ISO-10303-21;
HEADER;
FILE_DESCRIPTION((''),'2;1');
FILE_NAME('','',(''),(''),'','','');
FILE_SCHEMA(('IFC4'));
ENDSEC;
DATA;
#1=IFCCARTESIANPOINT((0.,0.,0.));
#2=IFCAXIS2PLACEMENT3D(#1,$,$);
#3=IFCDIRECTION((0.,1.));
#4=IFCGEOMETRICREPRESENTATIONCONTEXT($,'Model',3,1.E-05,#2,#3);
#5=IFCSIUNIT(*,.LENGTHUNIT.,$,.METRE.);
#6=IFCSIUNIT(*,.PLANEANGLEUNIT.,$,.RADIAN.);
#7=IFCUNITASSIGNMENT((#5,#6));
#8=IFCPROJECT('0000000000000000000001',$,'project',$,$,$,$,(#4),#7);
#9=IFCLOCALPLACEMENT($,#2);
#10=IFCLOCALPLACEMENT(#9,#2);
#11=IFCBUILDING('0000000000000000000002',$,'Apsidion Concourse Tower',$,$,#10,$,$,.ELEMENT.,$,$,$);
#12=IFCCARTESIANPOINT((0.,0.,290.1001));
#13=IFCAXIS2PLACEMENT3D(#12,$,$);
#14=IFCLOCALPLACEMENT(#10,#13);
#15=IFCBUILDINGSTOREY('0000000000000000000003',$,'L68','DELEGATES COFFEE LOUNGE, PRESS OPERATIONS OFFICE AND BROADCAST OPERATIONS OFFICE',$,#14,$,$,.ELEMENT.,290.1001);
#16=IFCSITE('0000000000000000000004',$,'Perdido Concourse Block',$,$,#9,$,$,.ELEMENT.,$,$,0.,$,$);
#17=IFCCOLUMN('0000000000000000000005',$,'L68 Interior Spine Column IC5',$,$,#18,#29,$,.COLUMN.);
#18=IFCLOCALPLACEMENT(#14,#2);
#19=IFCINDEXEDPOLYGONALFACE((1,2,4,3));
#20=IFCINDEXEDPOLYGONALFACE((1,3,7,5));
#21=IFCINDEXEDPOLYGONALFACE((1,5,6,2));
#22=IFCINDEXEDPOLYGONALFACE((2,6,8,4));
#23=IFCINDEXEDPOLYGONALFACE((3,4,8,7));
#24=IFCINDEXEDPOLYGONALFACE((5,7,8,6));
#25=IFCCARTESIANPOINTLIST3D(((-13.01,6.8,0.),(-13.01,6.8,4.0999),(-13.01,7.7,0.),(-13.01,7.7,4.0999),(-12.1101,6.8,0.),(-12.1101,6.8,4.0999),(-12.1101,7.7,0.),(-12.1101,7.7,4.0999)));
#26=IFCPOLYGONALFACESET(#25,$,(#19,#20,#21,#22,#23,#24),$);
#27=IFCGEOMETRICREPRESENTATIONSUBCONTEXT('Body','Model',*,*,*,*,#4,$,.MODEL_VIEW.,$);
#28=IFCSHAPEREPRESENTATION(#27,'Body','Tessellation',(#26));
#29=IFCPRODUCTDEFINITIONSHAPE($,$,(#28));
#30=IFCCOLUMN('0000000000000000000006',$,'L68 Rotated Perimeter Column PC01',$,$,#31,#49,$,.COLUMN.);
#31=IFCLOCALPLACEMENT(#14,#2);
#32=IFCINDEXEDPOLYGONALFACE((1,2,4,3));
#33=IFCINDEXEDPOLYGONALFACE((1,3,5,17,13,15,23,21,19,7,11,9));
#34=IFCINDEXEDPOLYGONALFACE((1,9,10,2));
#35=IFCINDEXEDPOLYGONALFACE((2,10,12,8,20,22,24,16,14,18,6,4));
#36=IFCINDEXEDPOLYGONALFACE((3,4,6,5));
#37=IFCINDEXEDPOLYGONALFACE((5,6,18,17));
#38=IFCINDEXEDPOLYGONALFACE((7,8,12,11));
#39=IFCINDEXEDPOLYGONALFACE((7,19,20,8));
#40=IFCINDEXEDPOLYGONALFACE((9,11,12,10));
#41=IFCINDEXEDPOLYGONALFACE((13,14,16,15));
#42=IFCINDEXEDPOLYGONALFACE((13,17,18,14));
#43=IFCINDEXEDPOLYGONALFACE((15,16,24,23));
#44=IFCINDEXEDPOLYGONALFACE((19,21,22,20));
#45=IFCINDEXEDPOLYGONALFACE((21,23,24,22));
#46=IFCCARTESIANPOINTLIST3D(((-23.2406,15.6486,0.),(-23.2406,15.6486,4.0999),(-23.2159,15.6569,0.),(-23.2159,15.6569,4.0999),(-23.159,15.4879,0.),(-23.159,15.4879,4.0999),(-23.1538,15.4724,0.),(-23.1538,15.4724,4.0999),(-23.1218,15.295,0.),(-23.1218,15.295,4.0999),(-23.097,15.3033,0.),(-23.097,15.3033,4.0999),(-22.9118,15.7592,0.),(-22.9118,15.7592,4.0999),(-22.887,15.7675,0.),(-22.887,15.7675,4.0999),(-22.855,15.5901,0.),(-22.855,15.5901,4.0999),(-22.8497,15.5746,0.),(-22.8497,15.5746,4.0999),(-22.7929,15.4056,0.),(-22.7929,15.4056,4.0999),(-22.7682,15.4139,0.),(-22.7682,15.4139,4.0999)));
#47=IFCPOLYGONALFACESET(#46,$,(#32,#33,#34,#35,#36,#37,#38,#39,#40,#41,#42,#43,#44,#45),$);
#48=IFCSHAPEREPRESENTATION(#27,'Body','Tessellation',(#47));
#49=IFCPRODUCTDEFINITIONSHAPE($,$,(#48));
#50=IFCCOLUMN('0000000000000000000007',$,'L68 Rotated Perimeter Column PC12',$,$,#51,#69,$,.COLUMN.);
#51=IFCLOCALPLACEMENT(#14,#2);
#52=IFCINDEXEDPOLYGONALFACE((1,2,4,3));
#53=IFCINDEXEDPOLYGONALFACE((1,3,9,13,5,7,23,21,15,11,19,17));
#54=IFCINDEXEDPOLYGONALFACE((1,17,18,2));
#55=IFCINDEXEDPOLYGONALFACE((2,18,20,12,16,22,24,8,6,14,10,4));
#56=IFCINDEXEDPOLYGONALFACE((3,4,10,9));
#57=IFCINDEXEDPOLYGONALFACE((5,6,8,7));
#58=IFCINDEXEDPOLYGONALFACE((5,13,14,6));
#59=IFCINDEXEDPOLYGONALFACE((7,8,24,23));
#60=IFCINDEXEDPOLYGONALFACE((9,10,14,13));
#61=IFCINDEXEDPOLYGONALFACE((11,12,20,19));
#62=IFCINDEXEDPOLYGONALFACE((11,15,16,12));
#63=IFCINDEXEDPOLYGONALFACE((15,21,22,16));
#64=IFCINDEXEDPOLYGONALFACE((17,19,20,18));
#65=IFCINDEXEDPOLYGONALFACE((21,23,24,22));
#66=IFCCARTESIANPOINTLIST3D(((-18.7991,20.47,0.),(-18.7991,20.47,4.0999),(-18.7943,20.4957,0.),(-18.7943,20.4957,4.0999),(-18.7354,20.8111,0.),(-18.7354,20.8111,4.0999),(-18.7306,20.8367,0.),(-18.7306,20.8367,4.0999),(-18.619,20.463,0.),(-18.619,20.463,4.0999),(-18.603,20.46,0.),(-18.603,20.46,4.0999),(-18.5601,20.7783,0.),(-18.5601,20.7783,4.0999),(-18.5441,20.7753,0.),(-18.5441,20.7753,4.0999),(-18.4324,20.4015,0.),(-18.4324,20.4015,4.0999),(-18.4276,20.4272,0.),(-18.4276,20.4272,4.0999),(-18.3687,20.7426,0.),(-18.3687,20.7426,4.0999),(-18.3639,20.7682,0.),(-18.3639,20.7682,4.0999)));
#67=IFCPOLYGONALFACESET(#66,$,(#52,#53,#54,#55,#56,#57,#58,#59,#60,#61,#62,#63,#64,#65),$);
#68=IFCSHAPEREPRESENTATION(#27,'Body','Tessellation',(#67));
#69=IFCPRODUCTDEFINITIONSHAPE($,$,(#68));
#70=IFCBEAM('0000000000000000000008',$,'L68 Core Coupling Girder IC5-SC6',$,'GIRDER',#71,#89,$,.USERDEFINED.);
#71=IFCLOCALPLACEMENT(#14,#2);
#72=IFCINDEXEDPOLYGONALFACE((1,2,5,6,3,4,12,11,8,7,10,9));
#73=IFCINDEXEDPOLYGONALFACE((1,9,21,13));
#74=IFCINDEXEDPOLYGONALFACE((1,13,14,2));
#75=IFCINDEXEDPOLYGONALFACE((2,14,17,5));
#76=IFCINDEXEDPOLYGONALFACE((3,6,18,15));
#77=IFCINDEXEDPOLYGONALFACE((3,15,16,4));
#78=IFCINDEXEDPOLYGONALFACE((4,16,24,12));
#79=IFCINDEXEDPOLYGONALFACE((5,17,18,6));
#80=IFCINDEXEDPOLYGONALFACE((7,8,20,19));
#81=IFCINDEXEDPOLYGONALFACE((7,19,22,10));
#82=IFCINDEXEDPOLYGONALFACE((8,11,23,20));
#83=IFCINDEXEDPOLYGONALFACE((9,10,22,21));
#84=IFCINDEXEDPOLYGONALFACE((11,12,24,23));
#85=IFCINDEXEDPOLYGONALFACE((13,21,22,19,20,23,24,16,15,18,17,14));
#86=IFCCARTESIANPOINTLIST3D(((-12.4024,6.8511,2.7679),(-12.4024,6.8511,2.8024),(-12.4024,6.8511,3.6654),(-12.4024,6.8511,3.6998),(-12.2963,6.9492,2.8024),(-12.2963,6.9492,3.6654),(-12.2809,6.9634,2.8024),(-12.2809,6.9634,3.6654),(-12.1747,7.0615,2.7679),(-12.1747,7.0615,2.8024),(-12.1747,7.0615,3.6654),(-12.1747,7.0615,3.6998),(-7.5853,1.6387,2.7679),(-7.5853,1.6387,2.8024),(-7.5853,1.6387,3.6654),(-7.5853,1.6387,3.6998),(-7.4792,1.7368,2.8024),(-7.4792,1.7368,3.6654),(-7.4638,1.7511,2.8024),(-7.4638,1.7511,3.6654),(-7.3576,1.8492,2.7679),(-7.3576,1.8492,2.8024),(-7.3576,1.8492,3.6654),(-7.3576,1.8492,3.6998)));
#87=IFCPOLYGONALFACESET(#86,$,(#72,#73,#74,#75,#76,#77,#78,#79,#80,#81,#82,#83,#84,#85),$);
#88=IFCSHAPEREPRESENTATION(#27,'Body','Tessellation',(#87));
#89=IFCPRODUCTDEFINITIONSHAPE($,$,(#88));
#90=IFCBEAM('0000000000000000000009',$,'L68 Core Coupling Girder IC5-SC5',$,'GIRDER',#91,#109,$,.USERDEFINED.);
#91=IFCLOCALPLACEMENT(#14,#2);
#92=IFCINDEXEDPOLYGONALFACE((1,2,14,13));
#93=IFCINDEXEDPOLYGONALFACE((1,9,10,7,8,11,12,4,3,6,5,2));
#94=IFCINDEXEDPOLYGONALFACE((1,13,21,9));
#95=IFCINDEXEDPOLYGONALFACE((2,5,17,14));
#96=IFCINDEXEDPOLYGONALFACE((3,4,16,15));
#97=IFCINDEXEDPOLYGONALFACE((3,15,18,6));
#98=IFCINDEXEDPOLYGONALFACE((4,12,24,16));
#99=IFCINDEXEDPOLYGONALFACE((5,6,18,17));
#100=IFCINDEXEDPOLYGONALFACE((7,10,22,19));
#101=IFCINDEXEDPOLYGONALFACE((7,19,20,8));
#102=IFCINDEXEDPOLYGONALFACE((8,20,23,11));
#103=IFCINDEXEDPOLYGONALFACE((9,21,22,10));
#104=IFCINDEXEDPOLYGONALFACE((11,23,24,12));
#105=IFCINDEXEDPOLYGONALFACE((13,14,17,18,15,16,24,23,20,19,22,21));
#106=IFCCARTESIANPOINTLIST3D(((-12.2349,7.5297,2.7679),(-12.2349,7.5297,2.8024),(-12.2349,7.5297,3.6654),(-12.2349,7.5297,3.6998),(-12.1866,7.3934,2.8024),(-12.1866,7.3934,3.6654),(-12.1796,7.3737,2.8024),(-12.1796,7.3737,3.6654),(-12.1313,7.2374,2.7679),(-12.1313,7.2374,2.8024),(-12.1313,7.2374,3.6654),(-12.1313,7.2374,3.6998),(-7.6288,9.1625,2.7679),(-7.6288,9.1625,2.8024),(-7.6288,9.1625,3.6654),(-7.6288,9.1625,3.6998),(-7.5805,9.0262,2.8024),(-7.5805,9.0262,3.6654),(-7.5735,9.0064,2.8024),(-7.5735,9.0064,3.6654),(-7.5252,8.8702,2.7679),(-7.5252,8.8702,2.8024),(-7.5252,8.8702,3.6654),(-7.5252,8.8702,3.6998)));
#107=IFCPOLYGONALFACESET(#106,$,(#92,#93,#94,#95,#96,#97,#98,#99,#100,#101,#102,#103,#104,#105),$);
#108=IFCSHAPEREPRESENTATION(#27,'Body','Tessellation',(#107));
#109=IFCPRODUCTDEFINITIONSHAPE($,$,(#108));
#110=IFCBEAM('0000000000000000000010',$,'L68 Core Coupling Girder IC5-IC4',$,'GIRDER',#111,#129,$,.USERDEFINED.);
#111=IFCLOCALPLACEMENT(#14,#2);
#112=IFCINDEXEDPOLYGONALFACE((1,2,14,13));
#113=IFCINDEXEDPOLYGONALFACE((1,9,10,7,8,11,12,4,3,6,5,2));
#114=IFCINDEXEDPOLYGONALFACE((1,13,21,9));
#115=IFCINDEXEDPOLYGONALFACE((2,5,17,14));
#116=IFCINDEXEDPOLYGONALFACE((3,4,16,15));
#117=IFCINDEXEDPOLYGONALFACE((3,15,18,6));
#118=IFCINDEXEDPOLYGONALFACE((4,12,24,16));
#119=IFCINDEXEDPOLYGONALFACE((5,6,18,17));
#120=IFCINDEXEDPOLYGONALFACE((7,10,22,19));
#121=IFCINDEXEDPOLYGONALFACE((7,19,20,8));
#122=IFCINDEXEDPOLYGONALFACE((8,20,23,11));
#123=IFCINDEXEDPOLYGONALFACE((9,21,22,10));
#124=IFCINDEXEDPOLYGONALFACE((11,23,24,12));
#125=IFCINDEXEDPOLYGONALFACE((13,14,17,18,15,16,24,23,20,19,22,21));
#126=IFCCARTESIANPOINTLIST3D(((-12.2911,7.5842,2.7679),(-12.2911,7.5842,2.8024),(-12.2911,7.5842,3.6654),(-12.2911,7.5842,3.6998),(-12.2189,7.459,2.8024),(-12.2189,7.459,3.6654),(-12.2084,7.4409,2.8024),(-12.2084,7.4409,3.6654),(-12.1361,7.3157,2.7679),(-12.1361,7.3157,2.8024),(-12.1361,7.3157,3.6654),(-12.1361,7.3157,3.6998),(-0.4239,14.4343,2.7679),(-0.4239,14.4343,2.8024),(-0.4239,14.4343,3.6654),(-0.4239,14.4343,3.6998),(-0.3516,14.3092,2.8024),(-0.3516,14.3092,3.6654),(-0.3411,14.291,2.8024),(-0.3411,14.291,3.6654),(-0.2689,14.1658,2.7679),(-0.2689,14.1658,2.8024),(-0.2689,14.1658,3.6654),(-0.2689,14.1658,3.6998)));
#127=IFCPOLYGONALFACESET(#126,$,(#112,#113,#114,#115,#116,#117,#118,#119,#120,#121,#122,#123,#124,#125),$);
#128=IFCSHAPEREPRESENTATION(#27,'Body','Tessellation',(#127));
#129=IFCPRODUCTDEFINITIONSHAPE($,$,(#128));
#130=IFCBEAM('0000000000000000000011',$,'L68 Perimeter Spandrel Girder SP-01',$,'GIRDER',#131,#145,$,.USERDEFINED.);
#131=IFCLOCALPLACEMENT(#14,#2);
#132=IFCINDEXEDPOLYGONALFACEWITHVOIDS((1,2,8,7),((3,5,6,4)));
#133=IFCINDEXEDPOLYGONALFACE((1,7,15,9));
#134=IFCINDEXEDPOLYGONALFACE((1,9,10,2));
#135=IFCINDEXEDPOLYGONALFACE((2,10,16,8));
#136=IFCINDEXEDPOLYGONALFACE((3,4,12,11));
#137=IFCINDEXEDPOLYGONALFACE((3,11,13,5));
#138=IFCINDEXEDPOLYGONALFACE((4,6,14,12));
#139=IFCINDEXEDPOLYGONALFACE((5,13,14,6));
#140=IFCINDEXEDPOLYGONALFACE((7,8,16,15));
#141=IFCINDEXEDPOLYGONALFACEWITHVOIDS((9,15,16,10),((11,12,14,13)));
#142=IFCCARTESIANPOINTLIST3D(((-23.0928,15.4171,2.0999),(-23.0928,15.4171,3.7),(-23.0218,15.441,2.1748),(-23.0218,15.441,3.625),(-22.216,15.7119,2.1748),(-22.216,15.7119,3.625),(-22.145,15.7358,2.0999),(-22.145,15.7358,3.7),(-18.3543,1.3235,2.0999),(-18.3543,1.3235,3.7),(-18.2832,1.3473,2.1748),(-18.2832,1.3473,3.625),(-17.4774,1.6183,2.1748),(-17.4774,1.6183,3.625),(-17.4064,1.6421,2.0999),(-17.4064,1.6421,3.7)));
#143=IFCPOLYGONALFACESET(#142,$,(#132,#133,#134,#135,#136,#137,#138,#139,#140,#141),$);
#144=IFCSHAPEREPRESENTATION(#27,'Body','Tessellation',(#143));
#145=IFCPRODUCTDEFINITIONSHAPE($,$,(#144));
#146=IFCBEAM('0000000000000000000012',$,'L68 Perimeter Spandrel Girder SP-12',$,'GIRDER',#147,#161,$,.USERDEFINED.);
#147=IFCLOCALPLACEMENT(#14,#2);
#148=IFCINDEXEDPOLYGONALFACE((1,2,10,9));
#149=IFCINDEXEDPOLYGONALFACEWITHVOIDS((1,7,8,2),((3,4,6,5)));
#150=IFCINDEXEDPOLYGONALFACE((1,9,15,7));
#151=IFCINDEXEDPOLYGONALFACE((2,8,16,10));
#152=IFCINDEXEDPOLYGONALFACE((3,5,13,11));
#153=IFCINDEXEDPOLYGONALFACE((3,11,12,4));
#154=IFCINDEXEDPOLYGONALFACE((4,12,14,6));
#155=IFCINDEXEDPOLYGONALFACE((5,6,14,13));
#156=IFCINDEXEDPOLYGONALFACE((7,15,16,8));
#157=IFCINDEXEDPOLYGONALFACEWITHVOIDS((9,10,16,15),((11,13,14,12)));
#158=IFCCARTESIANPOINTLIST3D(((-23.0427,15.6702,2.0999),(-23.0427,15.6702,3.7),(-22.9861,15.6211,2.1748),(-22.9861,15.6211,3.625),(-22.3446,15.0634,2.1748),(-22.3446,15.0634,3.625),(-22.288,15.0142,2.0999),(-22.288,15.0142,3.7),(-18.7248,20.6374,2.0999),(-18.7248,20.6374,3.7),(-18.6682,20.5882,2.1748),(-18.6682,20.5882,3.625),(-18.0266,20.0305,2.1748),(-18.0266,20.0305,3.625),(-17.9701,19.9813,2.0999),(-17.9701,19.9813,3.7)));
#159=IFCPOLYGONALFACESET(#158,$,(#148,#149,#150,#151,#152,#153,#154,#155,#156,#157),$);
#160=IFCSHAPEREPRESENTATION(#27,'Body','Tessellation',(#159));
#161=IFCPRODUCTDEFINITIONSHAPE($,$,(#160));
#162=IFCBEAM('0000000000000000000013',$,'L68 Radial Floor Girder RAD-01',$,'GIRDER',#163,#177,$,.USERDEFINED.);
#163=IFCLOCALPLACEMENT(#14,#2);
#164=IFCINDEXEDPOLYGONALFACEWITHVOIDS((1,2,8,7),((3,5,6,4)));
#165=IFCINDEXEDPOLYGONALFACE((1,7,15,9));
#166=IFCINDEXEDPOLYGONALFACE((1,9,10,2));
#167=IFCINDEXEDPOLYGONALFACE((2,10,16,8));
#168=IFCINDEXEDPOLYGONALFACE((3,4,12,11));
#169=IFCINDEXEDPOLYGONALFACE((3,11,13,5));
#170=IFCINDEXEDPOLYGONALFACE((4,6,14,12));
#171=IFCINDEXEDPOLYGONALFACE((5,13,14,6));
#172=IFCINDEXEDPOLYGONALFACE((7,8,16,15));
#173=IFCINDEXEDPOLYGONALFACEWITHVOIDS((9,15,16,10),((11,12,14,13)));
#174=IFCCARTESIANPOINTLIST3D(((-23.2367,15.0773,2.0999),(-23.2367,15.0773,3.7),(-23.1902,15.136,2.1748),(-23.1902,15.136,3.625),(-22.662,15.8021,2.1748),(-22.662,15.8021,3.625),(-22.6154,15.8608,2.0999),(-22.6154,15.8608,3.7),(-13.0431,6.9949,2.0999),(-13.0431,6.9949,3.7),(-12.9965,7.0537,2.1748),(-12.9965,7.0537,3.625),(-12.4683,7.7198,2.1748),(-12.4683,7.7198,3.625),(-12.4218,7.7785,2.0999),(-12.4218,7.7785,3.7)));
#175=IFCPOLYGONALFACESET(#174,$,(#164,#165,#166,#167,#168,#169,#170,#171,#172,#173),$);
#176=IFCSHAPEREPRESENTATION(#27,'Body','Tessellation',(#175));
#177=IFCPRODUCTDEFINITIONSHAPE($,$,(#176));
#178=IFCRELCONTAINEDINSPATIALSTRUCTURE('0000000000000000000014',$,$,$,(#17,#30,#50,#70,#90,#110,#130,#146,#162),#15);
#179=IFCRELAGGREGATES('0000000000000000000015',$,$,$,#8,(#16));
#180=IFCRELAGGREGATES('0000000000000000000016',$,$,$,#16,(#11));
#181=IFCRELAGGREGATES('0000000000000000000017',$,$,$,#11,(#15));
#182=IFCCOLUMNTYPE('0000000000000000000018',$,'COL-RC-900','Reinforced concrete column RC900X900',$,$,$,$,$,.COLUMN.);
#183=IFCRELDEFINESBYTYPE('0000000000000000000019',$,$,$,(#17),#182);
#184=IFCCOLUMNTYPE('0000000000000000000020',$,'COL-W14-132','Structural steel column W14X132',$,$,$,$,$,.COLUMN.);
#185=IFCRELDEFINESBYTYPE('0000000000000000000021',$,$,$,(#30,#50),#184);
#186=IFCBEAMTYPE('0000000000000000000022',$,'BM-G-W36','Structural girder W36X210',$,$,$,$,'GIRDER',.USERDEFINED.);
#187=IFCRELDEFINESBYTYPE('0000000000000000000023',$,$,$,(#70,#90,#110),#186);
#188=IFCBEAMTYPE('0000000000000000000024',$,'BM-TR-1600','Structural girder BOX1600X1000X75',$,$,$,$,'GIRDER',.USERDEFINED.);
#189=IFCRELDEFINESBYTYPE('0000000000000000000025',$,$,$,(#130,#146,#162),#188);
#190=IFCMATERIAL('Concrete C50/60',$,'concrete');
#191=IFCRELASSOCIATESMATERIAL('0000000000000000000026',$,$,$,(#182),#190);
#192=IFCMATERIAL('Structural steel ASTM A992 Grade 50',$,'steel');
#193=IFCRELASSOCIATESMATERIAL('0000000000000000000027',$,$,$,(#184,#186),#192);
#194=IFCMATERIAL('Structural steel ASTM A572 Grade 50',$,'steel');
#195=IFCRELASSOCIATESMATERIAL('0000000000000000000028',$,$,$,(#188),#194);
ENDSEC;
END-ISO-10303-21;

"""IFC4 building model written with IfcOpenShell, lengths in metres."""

from ifc_helpers import new_model, si_unit, direction, frame, origin, origin_2d, place, context, subcontext, project, spatial, rectangle, hollow_rectangle, i_section, extrude, material, material_profile, profile_set, type_object, element, save


model = new_model("IFC4")

# Units and contexts
model_context = context("Model", 3, precision=1e-05, world=origin(), true_north=direction((0.0, 1.0)))
body_context = subcontext(model_context, "Body", "Model", "MODEL_VIEW")
ifc_project = project(units=[si_unit("LENGTHUNIT", "METRE"), si_unit("PLANEANGLEUNIT", "RADIAN")], contexts=[model_context])

# Site, building, storey
site_placement = place(None, origin())
site = spatial("IfcSite", under=ifc_project, at=site_placement, Name="Perdido Concourse Block", CompositionType="ELEMENT", RefElevation=0.0)
building_placement = place(site_placement, origin())
building = spatial("IfcBuilding", under=site, at=building_placement, Name="Apsidion Concourse Tower", CompositionType="ELEMENT")
storey_placement = place(building_placement, frame((0.0, 0.0, 290.1001)))
storey = spatial("IfcBuildingStorey", under=building, at=storey_placement, Name="L68", Description="DELEGATES COFFEE LOUNGE, PRESS OPERATIONS OFFICE AND BROADCAST OPERATIONS OFFICE", CompositionType="ELEMENT", Elevation=290.1001)

# Columns
ifc_material_1 = material(Name="Concrete C50/60", Category="concrete")
ifc_material_profile_1 = material_profile(ifc_material_1, rectangle(XDim=0.8999, YDim=0.8999, at=origin_2d()), Name="RC 900x900")
ifc_profile_set_1 = profile_set([ifc_material_profile_1], Name="Concrete C50/60")
column_type_1 = type_object("IfcColumnType", Name="COL-RC-900", Description="Reinforced concrete column RC900X900", PredefinedType="COLUMN", material=ifc_profile_set_1)
column_placement = place(storey_placement, frame((-12.5601, 7.25, 0.0), z_axis=(0.0, 0.0, 1.0), x_axis=(1.0, 0.0, 0.0)))
element("IfcColumn", 1, at=column_placement, inside=storey, type_object=column_type_1, Name="L68 Interior Spine Column IC5", PredefinedType="COLUMN", context=body_context, shape_type="SweptSolid", body=[
    extrude(rectangle(XDim=0.8999, YDim=0.8999, at=origin_2d()), origin(), (0.0, 0.0, 1.0), 4.0999),
])
ifc_material_2 = material(Name="Structural steel ASTM A992 Grade 50", Category="steel")
ifc_material_profile_2 = material_profile(ifc_material_2, i_section(OverallWidth=0.373, OverallDepth=0.373, WebThickness=0.0164, FlangeThickness=0.0261, at=origin_2d()), Name="W14X132")
ifc_profile_set_2 = profile_set([ifc_material_profile_2], Name="Structural steel ASTM A992 Grade 50")
column_type_2 = type_object("IfcColumnType", Name="COL-W14-132", Description="Structural steel column W14X132", PredefinedType="COLUMN", material=ifc_profile_set_2)
for number, where, z_axis, x_axis, name in (
    (2, (-23.0044, 15.5312, 0.0), (0.0, 0.0, 1.0), (-0.318628, 0.94788, 0.0), "L68 Rotated Perimeter Column PC01"),
    (3, (-18.5815, 20.6191, 0.0), (0.0, 0.0, 1.0), (-0.983, 0.183608, 0.0), "L68 Rotated Perimeter Column PC12"),
):
    element("IfcColumn", number, at=place(storey_placement, frame(where, z_axis=z_axis, x_axis=x_axis)), inside=storey, type_object=column_type_2, Name=name, PredefinedType="COLUMN", context=body_context, shape_type="SweptSolid", body=[
        extrude(i_section(OverallWidth=0.373, OverallDepth=0.373, WebThickness=0.0164, FlangeThickness=0.0261, at=origin_2d()), origin(), (0.0, 0.0, 1.0), 4.0999),
    ])

# Beams
ifc_material_profile_3 = material_profile(ifc_material_2, i_section(OverallWidth=0.3101, OverallDepth=0.9319, WebThickness=0.021, FlangeThickness=0.0344, at=origin_2d()), Name="W36X210")
ifc_profile_set_3 = profile_set([ifc_material_profile_3], Name="Structural steel ASTM A992 Grade 50")
beam_type_1 = type_object("IfcBeamType", Name="BM-G-W36", Description="Structural girder W36X210", ElementType="GIRDER", PredefinedType="USERDEFINED", material=ifc_profile_set_3)
beam_1_placement = place(storey_placement, frame((-12.2886, 6.9563, 3.2339), z_axis=(0.678713, -0.734404, 0.0), x_axis=(0.734404, 0.678713, 0.0)))
element("IfcBeam", 4, at=beam_1_placement, inside=storey, type_object=beam_type_1, Name="L68 Core Coupling Girder IC5-SC6", ObjectType="GIRDER", PredefinedType="USERDEFINED", context=body_context, shape_type="SweptSolid", body=[
    extrude(i_section(OverallWidth=0.3101, OverallDepth=0.9319, WebThickness=0.021, FlangeThickness=0.0344, at=origin_2d()), origin(), (0.0, 0.0, 1.0), 7.0974),
])
beam_2_placement = place(storey_placement, frame((-12.1831, 7.3835, 3.2339), z_axis=(0.942534, 0.334111, 0.0), x_axis=(-0.334111, 0.942534, 0.0)))
element("IfcBeam", 5, at=beam_2_placement, inside=storey, type_object=beam_type_1, Name="L68 Core Coupling Girder IC5-SC5", ObjectType="GIRDER", PredefinedType="USERDEFINED", context=body_context, shape_type="SweptSolid", body=[
    extrude(i_section(OverallWidth=0.3101, OverallDepth=0.9319, WebThickness=0.021, FlangeThickness=0.0344, at=origin_2d()), origin(), (0.0, 0.0, 1.0), 4.887),
])
beam_3_placement = place(storey_placement, frame((-12.2136, 7.45, 3.2339), z_axis=(0.86607, 0.499922, 0.0), x_axis=(-0.499922, 0.86607, 0.0)))
element("IfcBeam", 6, at=beam_3_placement, inside=storey, type_object=beam_type_1, Name="L68 Core Coupling Girder IC5-IC4", ObjectType="GIRDER", PredefinedType="USERDEFINED", context=body_context, shape_type="SweptSolid", body=[
    extrude(i_section(OverallWidth=0.3101, OverallDepth=0.9319, WebThickness=0.021, FlangeThickness=0.0344, at=origin_2d()), origin(), (0.0, 0.0, 1.0), 13.7024),
])
ifc_material_3 = material(Name="Structural steel ASTM A572 Grade 50", Category="steel")
ifc_material_profile_4 = material_profile(ifc_material_3, hollow_rectangle(XDim=1.0, YDim=1.6001, WallThickness=0.075, at=origin_2d()), Name="BOX1600X1000X75")
ifc_profile_set_4 = profile_set([ifc_material_profile_4], Name="Structural steel ASTM A572 Grade 50")
beam_type_2 = type_object("IfcBeamType", Name="BM-TR-1600", Description="Structural girder BOX1600X1000X75", ElementType="GIRDER", PredefinedType="USERDEFINED", material=ifc_profile_set_4)
beam_4_placement = place(storey_placement, frame((-22.6189, 15.5764, 2.8999), z_axis=(0.31869, -0.947859, 0.0), x_axis=(0.947859, 0.31869, 0.0)))
element("IfcBeam", 7, at=beam_4_placement, inside=storey, type_object=beam_type_2, Name="L68 Perimeter Spandrel Girder SP-01", ObjectType="GIRDER", PredefinedType="USERDEFINED", context=body_context, shape_type="SweptSolid", body=[
    extrude(hollow_rectangle(XDim=1.0, YDim=1.6001, WallThickness=0.075, at=origin_2d()), origin(), (0.0, 0.0, 1.0), 14.8689),
])
beam_5_placement = place(storey_placement, frame((-18.3474, 20.3093, 2.8999), z_axis=(-0.656067, -0.754703, 0.0), x_axis=(0.754703, -0.656067, 0.0)))
element("IfcBeam", 8, at=beam_5_placement, inside=storey, type_object=beam_type_2, Name="L68 Perimeter Spandrel Girder SP-12", ObjectType="GIRDER", PredefinedType="USERDEFINED", context=body_context, shape_type="SweptSolid", body=[
    extrude(hollow_rectangle(XDim=1.0, YDim=1.6001, WallThickness=0.075, at=origin_2d()), origin(), (0.0, 0.0, 1.0), 6.5815),
])
beam_6_placement = place(storey_placement, frame((-12.7324, 7.3867, 2.8999), z_axis=(-0.783584, 0.621286, 0.0), x_axis=(-0.621286, -0.783584, 0.0)))
element("IfcBeam", 9, at=beam_6_placement, inside=storey, type_object=beam_type_2, Name="L68 Radial Floor Girder RAD-01", ObjectType="GIRDER", PredefinedType="USERDEFINED", context=body_context, shape_type="SweptSolid", body=[
    extrude(hollow_rectangle(XDim=1.0, YDim=1.6001, WallThickness=0.075, at=origin_2d()), origin(), (0.0, 0.0, 1.0), 13.009),
])

save(model, "model.ifc")
